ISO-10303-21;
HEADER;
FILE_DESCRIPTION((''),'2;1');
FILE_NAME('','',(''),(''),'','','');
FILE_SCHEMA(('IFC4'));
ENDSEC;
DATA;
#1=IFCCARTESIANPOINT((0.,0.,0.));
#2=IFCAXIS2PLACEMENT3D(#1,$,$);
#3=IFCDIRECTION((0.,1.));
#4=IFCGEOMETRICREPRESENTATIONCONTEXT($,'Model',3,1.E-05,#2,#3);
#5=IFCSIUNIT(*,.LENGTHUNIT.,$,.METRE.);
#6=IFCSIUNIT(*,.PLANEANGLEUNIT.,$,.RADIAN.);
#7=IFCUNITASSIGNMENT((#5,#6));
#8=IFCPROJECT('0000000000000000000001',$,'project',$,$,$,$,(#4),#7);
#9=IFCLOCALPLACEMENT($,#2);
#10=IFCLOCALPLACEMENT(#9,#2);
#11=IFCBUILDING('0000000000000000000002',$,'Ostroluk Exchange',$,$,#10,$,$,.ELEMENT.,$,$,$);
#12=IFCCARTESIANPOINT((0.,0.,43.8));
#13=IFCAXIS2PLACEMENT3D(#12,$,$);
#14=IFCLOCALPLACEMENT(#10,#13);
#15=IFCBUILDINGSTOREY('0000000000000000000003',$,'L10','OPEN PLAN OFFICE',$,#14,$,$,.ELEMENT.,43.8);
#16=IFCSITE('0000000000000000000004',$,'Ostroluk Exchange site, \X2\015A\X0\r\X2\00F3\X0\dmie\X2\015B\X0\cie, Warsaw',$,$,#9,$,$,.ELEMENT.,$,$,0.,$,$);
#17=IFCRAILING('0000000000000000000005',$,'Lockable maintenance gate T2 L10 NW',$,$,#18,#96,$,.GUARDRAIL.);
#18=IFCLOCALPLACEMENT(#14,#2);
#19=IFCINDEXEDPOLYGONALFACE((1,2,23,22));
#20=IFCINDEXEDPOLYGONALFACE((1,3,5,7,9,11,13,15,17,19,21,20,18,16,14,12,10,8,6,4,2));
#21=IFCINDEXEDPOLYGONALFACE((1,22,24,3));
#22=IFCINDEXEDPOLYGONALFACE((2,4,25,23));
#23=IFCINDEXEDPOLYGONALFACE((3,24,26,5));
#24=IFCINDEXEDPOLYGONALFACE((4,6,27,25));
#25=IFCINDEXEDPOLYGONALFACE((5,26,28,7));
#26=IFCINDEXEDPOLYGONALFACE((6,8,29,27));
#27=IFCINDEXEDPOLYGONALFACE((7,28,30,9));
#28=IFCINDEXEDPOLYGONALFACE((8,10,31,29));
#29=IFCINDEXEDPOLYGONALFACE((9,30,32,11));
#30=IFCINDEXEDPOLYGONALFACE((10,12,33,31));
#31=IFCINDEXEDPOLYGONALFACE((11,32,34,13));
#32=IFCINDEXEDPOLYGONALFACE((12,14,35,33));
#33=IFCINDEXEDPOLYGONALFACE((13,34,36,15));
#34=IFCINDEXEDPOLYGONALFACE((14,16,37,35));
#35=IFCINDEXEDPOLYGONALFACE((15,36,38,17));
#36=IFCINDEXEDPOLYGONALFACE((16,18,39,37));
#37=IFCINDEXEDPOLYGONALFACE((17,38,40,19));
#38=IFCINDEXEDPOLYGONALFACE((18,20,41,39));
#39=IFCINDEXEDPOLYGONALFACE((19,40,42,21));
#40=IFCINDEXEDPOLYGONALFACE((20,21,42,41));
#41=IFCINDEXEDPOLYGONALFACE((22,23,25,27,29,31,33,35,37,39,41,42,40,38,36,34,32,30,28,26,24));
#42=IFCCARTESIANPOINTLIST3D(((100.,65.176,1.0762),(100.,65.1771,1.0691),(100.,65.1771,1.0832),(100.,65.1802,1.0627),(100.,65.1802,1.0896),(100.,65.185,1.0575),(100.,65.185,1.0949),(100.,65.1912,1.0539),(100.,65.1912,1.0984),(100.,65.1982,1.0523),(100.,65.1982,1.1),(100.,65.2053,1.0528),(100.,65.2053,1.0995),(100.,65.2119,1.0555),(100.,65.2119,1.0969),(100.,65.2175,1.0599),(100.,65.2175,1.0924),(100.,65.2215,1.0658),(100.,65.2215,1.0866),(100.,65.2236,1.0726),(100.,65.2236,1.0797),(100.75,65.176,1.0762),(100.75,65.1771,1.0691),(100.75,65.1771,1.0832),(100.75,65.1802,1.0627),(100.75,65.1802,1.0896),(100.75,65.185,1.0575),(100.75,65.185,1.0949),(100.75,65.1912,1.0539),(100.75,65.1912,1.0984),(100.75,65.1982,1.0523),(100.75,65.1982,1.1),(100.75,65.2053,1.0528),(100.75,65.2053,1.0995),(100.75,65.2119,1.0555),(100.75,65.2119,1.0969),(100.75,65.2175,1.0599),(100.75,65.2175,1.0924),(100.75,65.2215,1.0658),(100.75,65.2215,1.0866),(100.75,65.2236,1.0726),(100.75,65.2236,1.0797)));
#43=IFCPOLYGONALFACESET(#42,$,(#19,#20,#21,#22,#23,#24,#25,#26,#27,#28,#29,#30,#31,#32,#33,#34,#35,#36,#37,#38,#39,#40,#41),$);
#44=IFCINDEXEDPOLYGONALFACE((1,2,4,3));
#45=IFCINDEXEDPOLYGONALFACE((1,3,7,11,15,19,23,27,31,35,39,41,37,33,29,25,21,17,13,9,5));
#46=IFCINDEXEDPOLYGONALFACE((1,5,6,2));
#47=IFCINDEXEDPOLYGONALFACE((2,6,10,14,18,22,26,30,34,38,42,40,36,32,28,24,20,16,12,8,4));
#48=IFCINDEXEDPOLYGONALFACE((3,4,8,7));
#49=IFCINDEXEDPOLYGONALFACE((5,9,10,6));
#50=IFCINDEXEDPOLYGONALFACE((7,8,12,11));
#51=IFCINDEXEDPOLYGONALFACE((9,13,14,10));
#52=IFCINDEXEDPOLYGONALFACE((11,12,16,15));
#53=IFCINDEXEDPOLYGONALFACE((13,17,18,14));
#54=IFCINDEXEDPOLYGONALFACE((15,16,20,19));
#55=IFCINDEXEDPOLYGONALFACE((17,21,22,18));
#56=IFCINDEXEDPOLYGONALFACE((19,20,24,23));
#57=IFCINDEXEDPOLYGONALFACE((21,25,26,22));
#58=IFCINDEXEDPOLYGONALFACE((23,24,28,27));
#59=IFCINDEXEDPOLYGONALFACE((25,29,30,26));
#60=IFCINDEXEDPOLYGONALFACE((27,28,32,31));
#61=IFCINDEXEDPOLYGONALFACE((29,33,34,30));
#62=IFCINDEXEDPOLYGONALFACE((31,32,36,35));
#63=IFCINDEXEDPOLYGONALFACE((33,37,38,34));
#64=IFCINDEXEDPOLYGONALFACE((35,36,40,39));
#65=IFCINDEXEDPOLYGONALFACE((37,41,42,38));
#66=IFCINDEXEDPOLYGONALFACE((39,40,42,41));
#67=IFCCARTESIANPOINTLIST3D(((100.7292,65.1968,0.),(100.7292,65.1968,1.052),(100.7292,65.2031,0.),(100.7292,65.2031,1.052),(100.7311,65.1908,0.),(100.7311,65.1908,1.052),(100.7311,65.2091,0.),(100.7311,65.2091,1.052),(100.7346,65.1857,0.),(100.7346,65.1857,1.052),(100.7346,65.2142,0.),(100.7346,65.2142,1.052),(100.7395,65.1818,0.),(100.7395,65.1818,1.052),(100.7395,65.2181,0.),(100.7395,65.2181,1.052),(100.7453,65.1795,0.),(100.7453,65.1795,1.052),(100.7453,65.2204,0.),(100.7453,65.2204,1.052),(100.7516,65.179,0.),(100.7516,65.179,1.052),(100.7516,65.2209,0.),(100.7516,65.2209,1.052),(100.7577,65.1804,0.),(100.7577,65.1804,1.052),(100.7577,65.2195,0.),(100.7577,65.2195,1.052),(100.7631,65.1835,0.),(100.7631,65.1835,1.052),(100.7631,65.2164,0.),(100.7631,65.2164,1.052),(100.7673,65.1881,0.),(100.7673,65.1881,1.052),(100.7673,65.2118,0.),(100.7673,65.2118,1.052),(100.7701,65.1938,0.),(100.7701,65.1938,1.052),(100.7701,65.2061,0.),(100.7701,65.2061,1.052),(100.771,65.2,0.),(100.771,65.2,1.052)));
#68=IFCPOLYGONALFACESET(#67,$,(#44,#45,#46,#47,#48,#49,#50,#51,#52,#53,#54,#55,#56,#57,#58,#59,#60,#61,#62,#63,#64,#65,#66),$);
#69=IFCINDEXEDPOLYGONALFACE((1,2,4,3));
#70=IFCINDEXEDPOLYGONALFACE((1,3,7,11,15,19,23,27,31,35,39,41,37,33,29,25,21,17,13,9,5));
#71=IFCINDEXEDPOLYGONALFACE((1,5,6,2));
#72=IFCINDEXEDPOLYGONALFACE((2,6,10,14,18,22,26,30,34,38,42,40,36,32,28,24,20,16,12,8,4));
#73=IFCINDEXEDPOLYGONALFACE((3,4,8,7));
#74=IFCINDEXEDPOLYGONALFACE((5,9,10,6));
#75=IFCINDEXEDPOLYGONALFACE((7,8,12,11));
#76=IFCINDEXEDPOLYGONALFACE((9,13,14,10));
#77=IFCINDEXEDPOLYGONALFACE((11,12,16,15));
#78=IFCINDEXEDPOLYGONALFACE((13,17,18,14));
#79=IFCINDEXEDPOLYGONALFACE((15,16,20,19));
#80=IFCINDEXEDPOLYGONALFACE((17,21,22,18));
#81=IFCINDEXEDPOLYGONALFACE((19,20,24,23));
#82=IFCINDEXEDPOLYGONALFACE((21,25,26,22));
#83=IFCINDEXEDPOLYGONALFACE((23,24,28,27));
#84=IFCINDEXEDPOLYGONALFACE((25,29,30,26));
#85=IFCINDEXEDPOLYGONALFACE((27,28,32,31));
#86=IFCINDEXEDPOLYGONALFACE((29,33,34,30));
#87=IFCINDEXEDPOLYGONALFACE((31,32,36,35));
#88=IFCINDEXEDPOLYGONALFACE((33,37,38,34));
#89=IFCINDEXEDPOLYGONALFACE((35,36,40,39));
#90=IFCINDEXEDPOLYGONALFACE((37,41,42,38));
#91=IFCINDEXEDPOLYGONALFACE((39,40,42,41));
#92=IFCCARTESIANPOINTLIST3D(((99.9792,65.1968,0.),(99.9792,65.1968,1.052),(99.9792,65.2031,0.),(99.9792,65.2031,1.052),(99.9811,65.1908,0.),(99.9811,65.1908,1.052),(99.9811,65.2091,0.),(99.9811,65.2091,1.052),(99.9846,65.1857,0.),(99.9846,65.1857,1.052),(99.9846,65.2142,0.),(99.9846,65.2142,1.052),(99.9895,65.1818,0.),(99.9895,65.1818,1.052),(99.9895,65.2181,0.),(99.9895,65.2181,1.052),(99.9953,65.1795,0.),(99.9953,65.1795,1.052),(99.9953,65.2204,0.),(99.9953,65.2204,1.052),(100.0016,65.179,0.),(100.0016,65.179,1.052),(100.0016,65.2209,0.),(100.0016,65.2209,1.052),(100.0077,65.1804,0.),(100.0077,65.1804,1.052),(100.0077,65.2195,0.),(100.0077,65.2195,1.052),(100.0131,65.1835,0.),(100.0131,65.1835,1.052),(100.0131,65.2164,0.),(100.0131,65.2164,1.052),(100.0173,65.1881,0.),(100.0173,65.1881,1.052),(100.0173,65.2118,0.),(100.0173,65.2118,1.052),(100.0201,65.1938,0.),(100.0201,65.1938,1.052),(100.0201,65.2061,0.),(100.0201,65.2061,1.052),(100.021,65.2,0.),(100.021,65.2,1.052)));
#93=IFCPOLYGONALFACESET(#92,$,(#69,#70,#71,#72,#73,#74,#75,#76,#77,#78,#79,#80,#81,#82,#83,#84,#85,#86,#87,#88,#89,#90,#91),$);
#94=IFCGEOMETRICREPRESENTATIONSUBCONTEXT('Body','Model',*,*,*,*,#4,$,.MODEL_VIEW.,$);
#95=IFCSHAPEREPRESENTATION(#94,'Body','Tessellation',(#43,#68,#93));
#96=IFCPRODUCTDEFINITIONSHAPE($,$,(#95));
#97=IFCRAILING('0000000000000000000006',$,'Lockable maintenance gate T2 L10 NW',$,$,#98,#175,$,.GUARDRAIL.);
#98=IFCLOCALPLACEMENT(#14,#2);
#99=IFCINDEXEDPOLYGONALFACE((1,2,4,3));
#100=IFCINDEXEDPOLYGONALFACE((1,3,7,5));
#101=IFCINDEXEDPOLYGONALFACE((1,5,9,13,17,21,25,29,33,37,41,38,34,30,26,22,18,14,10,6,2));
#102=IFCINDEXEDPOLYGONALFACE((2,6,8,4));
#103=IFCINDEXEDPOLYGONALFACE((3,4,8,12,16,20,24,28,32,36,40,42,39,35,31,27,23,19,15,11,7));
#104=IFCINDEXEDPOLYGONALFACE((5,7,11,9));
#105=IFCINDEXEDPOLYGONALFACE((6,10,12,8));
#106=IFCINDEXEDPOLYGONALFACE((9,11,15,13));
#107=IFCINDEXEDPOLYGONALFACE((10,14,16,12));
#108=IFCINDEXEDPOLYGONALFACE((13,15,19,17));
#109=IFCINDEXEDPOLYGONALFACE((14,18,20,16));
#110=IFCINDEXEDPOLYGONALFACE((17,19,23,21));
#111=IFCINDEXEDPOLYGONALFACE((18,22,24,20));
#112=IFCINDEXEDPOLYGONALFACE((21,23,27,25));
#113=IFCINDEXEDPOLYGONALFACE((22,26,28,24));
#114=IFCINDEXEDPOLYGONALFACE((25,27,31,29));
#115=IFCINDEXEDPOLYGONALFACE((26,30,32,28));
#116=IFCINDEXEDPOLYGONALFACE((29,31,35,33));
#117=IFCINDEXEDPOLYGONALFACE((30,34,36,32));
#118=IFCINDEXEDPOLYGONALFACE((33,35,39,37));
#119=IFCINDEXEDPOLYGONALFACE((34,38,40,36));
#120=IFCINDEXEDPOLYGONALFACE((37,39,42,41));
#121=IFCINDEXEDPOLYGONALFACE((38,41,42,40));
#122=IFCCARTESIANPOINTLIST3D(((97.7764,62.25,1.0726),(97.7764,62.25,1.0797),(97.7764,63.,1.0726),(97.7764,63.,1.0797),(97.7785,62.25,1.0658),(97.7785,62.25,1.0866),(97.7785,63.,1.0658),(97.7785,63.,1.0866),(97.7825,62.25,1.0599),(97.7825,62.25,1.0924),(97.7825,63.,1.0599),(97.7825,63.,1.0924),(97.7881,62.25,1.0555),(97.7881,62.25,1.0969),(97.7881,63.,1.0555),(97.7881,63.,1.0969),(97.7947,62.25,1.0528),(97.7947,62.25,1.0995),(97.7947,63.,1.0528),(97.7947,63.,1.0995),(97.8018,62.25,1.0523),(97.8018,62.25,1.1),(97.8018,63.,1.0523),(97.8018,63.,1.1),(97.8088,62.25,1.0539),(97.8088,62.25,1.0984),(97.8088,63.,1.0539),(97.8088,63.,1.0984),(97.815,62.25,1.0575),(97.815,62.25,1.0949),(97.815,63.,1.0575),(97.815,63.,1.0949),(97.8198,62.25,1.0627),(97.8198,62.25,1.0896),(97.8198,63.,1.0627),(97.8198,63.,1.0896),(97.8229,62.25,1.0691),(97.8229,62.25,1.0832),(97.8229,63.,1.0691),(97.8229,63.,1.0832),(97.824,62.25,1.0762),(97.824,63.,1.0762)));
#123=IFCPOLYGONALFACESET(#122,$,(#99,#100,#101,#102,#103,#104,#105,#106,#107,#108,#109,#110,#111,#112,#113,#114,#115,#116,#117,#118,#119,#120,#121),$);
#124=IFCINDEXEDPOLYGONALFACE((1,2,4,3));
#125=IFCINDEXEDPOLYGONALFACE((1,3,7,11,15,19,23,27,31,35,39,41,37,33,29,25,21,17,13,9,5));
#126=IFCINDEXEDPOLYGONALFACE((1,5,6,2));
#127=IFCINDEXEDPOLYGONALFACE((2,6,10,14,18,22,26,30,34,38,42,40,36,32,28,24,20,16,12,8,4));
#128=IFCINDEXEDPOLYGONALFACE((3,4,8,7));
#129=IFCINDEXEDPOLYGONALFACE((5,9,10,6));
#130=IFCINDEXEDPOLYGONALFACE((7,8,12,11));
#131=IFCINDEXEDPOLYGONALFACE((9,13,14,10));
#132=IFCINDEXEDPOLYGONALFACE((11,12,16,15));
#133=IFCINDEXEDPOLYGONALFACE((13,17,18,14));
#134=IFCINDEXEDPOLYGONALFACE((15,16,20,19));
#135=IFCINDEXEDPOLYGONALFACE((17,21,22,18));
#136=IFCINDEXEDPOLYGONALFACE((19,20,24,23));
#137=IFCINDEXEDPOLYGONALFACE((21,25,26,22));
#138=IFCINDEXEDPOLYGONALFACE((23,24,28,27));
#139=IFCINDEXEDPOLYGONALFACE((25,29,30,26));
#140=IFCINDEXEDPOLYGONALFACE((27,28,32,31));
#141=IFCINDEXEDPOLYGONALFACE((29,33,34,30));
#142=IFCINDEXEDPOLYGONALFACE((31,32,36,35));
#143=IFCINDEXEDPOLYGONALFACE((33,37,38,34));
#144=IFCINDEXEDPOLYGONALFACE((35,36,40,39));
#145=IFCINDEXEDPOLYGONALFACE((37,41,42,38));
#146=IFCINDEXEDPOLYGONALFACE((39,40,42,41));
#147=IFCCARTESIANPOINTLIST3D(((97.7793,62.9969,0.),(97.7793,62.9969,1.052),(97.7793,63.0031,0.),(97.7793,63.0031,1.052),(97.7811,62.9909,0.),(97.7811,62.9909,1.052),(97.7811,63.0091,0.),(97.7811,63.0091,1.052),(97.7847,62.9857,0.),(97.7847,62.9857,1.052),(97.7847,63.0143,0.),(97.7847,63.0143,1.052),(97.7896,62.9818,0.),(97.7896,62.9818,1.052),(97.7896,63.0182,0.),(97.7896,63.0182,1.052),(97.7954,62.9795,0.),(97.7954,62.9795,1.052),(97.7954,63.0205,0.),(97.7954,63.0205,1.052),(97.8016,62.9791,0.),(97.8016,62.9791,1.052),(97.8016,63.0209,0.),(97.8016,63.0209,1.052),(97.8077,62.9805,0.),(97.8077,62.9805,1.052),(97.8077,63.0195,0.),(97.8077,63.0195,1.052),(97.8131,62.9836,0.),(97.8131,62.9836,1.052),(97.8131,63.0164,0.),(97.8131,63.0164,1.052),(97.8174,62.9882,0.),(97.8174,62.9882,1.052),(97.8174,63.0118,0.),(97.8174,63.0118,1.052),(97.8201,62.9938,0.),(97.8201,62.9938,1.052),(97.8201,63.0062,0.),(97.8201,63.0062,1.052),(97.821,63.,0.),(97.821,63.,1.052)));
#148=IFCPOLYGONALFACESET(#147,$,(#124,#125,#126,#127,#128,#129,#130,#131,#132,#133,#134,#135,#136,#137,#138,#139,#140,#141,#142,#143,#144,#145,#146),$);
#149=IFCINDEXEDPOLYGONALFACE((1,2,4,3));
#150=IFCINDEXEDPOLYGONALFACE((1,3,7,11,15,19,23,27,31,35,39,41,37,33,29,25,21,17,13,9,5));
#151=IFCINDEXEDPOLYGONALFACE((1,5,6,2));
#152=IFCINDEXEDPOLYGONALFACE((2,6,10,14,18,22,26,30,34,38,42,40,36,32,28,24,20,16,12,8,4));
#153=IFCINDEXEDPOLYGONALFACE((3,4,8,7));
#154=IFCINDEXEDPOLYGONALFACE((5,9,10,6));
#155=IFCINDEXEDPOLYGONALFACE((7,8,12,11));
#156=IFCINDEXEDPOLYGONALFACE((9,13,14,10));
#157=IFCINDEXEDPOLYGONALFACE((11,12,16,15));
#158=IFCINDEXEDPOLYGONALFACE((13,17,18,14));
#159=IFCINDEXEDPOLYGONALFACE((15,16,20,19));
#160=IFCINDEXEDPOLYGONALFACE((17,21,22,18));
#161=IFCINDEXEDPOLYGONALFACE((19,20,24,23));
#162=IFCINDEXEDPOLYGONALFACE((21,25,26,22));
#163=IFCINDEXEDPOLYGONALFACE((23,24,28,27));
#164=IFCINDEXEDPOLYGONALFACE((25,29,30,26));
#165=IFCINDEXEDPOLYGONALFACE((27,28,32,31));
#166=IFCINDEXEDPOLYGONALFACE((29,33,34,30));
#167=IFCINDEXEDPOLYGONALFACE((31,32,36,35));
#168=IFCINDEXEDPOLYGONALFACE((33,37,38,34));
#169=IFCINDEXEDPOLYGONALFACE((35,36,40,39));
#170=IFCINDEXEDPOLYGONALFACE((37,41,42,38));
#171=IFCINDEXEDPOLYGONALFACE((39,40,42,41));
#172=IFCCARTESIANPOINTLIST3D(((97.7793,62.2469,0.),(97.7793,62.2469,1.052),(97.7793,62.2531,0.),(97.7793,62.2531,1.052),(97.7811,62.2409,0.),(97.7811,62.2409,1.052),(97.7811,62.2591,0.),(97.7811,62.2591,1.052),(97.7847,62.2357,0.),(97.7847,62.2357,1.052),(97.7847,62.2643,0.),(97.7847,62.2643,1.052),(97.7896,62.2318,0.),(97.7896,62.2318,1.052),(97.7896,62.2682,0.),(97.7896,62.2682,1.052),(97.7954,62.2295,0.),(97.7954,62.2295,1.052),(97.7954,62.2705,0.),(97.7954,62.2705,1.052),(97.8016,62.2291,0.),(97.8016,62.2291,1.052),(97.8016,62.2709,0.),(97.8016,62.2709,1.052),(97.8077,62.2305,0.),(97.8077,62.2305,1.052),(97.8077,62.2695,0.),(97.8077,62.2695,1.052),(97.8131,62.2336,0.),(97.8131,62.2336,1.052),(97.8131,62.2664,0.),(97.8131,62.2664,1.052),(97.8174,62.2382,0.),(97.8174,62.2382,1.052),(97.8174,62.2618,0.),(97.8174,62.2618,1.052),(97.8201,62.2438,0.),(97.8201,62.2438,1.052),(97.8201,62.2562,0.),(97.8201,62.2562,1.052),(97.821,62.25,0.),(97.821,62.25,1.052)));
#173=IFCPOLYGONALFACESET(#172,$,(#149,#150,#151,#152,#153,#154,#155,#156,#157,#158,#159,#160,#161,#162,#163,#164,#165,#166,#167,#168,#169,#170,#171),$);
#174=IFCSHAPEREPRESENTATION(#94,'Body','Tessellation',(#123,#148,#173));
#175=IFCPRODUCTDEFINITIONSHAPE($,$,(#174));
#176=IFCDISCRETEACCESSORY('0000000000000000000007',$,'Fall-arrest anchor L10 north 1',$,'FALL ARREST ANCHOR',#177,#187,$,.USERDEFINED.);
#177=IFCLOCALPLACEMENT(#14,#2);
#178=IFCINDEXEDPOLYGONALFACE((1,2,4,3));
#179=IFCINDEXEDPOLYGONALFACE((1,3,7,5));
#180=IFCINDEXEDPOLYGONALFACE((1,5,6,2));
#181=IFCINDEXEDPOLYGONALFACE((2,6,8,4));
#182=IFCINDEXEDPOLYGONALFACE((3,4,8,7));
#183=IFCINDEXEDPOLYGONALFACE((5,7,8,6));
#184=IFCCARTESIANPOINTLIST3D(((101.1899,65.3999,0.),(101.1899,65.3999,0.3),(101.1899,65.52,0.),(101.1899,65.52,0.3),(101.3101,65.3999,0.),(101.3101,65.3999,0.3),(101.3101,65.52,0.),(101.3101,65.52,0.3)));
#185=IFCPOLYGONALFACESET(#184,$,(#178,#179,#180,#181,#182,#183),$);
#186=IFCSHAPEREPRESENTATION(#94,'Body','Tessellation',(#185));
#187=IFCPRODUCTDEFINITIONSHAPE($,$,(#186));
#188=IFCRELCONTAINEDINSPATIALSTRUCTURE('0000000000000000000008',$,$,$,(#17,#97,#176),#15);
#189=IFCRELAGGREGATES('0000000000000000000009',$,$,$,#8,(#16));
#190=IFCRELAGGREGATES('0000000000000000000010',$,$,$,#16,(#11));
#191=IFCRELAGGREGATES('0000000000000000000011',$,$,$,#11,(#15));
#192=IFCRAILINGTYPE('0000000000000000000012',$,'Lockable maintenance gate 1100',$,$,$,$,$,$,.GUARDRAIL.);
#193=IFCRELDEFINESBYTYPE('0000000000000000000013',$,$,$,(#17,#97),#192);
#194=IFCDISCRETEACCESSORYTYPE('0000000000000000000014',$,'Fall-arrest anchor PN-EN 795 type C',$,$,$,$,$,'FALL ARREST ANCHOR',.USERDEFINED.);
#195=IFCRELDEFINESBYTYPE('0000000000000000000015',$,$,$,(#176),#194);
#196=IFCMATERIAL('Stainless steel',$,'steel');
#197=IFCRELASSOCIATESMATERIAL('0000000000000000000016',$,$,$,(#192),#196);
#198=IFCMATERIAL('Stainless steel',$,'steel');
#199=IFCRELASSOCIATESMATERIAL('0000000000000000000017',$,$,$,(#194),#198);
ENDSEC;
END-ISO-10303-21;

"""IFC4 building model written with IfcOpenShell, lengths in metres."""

from ifc_helpers import new_model, si_unit, direction, frame, origin, origin_2d, place, context, subcontext, project, spatial, rectangle, circle, extrude, material, type_object, element, save


model = new_model("IFC4")

# Units and contexts
model_context = context("Model", 3, precision=1e-05, world=origin(), true_north=direction((0.0, 1.0)))
body_context = subcontext(model_context, "Body", "Model", "MODEL_VIEW")
ifc_project = project(units=[si_unit("LENGTHUNIT", "METRE"), si_unit("PLANEANGLEUNIT", "RADIAN")], contexts=[model_context])

# Site, building, storey
site_placement = place(None, origin())
site = spatial("IfcSite", under=ifc_project, at=site_placement, Name="Ostroluk Exchange site, Śródmieście, Warsaw", CompositionType="ELEMENT", RefElevation=0.0)
building_placement = place(site_placement, origin())
building = spatial("IfcBuilding", under=site, at=building_placement, Name="Ostroluk Exchange", CompositionType="ELEMENT")
storey_placement = place(building_placement, frame((0.0, 0.0, 43.8)))
storey = spatial("IfcBuildingStorey", under=building, at=storey_placement, Name="L10", Description="OPEN PLAN OFFICE", CompositionType="ELEMENT", Elevation=43.8)

# Railings
ifc_material_1 = material(Name="Stainless steel", Category="steel")
railing_type_1 = type_object("IfcRailingType", Name="Lockable maintenance gate 1100", PredefinedType="GUARDRAIL", material=ifc_material_1)
railing_1_placement = place(storey_placement, frame((100.75, 65.2, 0.0)))
element("IfcRailing", 1, at=railing_1_placement, inside=storey, type_object=railing_type_1, Name="Lockable maintenance gate T2 L10 NW", PredefinedType="GUARDRAIL", context=body_context, shape_type="SweptSolid", body=[
    extrude(circle(Radius=0.0239, at=origin_2d()), frame((0.0, 0.0, 1.0762), z_axis=(-1.0, 0.0, 0.0), x_axis=(0.0, -1.0, 0.0)), (0.0, 0.0, 1.0), 0.75),
    extrude(circle(Radius=0.021, at=origin_2d()), origin(), (0.0, 0.0, 1.0), 1.052),
    extrude(circle(Radius=0.021, at=origin_2d()), frame((-0.75, 0.0, 0.0)), (0.0, 0.0, 1.0), 1.052),
])
railing_2_placement = place(storey_placement, frame((97.8, 63.0, 0.0)))
element("IfcRailing", 2, at=railing_2_placement, inside=storey, type_object=railing_type_1, Name="Lockable maintenance gate T2 L10 NW", PredefinedType="GUARDRAIL", context=body_context, shape_type="SweptSolid", body=[
    extrude(circle(Radius=0.0239, at=origin_2d()), frame((0.0, 0.0, 1.0762), z_axis=(0.0, -1.0, 0.0), x_axis=(1.0, 0.0, 0.0)), (0.0, 0.0, 1.0), 0.75),
    extrude(circle(Radius=0.021, at=origin_2d()), origin(), (0.0, 0.0, 1.0), 1.052),
    extrude(circle(Radius=0.021, at=origin_2d()), frame((0.0, -0.75, 0.0)), (0.0, 0.0, 1.0), 1.052),
])

# Discrete accessory
ifc_material_2 = material(Name="Stainless steel", Category="steel")
discrete_accessory_type = type_object("IfcDiscreteAccessoryType", Name="Fall-arrest anchor PN-EN 795 type C", ElementType="FALL ARREST ANCHOR", PredefinedType="USERDEFINED", material=ifc_material_2)
discrete_accessory_placement = place(storey_placement, frame((101.25, 65.46, 0.0), z_axis=(0.0, 0.0, 1.0), x_axis=(1.0, 0.0, 0.0)))
element("IfcDiscreteAccessory", 3, at=discrete_accessory_placement, inside=storey, type_object=discrete_accessory_type, Name="Fall-arrest anchor L10 north 1", ObjectType="FALL ARREST ANCHOR", PredefinedType="USERDEFINED", context=body_context, shape_type="SweptSolid", body=[
    extrude(rectangle(XDim=0.1201, YDim=0.1201, at=origin_2d()), origin(), (0.0, 0.0, 1.0), 0.3),
])

save(model, "model.ifc")
